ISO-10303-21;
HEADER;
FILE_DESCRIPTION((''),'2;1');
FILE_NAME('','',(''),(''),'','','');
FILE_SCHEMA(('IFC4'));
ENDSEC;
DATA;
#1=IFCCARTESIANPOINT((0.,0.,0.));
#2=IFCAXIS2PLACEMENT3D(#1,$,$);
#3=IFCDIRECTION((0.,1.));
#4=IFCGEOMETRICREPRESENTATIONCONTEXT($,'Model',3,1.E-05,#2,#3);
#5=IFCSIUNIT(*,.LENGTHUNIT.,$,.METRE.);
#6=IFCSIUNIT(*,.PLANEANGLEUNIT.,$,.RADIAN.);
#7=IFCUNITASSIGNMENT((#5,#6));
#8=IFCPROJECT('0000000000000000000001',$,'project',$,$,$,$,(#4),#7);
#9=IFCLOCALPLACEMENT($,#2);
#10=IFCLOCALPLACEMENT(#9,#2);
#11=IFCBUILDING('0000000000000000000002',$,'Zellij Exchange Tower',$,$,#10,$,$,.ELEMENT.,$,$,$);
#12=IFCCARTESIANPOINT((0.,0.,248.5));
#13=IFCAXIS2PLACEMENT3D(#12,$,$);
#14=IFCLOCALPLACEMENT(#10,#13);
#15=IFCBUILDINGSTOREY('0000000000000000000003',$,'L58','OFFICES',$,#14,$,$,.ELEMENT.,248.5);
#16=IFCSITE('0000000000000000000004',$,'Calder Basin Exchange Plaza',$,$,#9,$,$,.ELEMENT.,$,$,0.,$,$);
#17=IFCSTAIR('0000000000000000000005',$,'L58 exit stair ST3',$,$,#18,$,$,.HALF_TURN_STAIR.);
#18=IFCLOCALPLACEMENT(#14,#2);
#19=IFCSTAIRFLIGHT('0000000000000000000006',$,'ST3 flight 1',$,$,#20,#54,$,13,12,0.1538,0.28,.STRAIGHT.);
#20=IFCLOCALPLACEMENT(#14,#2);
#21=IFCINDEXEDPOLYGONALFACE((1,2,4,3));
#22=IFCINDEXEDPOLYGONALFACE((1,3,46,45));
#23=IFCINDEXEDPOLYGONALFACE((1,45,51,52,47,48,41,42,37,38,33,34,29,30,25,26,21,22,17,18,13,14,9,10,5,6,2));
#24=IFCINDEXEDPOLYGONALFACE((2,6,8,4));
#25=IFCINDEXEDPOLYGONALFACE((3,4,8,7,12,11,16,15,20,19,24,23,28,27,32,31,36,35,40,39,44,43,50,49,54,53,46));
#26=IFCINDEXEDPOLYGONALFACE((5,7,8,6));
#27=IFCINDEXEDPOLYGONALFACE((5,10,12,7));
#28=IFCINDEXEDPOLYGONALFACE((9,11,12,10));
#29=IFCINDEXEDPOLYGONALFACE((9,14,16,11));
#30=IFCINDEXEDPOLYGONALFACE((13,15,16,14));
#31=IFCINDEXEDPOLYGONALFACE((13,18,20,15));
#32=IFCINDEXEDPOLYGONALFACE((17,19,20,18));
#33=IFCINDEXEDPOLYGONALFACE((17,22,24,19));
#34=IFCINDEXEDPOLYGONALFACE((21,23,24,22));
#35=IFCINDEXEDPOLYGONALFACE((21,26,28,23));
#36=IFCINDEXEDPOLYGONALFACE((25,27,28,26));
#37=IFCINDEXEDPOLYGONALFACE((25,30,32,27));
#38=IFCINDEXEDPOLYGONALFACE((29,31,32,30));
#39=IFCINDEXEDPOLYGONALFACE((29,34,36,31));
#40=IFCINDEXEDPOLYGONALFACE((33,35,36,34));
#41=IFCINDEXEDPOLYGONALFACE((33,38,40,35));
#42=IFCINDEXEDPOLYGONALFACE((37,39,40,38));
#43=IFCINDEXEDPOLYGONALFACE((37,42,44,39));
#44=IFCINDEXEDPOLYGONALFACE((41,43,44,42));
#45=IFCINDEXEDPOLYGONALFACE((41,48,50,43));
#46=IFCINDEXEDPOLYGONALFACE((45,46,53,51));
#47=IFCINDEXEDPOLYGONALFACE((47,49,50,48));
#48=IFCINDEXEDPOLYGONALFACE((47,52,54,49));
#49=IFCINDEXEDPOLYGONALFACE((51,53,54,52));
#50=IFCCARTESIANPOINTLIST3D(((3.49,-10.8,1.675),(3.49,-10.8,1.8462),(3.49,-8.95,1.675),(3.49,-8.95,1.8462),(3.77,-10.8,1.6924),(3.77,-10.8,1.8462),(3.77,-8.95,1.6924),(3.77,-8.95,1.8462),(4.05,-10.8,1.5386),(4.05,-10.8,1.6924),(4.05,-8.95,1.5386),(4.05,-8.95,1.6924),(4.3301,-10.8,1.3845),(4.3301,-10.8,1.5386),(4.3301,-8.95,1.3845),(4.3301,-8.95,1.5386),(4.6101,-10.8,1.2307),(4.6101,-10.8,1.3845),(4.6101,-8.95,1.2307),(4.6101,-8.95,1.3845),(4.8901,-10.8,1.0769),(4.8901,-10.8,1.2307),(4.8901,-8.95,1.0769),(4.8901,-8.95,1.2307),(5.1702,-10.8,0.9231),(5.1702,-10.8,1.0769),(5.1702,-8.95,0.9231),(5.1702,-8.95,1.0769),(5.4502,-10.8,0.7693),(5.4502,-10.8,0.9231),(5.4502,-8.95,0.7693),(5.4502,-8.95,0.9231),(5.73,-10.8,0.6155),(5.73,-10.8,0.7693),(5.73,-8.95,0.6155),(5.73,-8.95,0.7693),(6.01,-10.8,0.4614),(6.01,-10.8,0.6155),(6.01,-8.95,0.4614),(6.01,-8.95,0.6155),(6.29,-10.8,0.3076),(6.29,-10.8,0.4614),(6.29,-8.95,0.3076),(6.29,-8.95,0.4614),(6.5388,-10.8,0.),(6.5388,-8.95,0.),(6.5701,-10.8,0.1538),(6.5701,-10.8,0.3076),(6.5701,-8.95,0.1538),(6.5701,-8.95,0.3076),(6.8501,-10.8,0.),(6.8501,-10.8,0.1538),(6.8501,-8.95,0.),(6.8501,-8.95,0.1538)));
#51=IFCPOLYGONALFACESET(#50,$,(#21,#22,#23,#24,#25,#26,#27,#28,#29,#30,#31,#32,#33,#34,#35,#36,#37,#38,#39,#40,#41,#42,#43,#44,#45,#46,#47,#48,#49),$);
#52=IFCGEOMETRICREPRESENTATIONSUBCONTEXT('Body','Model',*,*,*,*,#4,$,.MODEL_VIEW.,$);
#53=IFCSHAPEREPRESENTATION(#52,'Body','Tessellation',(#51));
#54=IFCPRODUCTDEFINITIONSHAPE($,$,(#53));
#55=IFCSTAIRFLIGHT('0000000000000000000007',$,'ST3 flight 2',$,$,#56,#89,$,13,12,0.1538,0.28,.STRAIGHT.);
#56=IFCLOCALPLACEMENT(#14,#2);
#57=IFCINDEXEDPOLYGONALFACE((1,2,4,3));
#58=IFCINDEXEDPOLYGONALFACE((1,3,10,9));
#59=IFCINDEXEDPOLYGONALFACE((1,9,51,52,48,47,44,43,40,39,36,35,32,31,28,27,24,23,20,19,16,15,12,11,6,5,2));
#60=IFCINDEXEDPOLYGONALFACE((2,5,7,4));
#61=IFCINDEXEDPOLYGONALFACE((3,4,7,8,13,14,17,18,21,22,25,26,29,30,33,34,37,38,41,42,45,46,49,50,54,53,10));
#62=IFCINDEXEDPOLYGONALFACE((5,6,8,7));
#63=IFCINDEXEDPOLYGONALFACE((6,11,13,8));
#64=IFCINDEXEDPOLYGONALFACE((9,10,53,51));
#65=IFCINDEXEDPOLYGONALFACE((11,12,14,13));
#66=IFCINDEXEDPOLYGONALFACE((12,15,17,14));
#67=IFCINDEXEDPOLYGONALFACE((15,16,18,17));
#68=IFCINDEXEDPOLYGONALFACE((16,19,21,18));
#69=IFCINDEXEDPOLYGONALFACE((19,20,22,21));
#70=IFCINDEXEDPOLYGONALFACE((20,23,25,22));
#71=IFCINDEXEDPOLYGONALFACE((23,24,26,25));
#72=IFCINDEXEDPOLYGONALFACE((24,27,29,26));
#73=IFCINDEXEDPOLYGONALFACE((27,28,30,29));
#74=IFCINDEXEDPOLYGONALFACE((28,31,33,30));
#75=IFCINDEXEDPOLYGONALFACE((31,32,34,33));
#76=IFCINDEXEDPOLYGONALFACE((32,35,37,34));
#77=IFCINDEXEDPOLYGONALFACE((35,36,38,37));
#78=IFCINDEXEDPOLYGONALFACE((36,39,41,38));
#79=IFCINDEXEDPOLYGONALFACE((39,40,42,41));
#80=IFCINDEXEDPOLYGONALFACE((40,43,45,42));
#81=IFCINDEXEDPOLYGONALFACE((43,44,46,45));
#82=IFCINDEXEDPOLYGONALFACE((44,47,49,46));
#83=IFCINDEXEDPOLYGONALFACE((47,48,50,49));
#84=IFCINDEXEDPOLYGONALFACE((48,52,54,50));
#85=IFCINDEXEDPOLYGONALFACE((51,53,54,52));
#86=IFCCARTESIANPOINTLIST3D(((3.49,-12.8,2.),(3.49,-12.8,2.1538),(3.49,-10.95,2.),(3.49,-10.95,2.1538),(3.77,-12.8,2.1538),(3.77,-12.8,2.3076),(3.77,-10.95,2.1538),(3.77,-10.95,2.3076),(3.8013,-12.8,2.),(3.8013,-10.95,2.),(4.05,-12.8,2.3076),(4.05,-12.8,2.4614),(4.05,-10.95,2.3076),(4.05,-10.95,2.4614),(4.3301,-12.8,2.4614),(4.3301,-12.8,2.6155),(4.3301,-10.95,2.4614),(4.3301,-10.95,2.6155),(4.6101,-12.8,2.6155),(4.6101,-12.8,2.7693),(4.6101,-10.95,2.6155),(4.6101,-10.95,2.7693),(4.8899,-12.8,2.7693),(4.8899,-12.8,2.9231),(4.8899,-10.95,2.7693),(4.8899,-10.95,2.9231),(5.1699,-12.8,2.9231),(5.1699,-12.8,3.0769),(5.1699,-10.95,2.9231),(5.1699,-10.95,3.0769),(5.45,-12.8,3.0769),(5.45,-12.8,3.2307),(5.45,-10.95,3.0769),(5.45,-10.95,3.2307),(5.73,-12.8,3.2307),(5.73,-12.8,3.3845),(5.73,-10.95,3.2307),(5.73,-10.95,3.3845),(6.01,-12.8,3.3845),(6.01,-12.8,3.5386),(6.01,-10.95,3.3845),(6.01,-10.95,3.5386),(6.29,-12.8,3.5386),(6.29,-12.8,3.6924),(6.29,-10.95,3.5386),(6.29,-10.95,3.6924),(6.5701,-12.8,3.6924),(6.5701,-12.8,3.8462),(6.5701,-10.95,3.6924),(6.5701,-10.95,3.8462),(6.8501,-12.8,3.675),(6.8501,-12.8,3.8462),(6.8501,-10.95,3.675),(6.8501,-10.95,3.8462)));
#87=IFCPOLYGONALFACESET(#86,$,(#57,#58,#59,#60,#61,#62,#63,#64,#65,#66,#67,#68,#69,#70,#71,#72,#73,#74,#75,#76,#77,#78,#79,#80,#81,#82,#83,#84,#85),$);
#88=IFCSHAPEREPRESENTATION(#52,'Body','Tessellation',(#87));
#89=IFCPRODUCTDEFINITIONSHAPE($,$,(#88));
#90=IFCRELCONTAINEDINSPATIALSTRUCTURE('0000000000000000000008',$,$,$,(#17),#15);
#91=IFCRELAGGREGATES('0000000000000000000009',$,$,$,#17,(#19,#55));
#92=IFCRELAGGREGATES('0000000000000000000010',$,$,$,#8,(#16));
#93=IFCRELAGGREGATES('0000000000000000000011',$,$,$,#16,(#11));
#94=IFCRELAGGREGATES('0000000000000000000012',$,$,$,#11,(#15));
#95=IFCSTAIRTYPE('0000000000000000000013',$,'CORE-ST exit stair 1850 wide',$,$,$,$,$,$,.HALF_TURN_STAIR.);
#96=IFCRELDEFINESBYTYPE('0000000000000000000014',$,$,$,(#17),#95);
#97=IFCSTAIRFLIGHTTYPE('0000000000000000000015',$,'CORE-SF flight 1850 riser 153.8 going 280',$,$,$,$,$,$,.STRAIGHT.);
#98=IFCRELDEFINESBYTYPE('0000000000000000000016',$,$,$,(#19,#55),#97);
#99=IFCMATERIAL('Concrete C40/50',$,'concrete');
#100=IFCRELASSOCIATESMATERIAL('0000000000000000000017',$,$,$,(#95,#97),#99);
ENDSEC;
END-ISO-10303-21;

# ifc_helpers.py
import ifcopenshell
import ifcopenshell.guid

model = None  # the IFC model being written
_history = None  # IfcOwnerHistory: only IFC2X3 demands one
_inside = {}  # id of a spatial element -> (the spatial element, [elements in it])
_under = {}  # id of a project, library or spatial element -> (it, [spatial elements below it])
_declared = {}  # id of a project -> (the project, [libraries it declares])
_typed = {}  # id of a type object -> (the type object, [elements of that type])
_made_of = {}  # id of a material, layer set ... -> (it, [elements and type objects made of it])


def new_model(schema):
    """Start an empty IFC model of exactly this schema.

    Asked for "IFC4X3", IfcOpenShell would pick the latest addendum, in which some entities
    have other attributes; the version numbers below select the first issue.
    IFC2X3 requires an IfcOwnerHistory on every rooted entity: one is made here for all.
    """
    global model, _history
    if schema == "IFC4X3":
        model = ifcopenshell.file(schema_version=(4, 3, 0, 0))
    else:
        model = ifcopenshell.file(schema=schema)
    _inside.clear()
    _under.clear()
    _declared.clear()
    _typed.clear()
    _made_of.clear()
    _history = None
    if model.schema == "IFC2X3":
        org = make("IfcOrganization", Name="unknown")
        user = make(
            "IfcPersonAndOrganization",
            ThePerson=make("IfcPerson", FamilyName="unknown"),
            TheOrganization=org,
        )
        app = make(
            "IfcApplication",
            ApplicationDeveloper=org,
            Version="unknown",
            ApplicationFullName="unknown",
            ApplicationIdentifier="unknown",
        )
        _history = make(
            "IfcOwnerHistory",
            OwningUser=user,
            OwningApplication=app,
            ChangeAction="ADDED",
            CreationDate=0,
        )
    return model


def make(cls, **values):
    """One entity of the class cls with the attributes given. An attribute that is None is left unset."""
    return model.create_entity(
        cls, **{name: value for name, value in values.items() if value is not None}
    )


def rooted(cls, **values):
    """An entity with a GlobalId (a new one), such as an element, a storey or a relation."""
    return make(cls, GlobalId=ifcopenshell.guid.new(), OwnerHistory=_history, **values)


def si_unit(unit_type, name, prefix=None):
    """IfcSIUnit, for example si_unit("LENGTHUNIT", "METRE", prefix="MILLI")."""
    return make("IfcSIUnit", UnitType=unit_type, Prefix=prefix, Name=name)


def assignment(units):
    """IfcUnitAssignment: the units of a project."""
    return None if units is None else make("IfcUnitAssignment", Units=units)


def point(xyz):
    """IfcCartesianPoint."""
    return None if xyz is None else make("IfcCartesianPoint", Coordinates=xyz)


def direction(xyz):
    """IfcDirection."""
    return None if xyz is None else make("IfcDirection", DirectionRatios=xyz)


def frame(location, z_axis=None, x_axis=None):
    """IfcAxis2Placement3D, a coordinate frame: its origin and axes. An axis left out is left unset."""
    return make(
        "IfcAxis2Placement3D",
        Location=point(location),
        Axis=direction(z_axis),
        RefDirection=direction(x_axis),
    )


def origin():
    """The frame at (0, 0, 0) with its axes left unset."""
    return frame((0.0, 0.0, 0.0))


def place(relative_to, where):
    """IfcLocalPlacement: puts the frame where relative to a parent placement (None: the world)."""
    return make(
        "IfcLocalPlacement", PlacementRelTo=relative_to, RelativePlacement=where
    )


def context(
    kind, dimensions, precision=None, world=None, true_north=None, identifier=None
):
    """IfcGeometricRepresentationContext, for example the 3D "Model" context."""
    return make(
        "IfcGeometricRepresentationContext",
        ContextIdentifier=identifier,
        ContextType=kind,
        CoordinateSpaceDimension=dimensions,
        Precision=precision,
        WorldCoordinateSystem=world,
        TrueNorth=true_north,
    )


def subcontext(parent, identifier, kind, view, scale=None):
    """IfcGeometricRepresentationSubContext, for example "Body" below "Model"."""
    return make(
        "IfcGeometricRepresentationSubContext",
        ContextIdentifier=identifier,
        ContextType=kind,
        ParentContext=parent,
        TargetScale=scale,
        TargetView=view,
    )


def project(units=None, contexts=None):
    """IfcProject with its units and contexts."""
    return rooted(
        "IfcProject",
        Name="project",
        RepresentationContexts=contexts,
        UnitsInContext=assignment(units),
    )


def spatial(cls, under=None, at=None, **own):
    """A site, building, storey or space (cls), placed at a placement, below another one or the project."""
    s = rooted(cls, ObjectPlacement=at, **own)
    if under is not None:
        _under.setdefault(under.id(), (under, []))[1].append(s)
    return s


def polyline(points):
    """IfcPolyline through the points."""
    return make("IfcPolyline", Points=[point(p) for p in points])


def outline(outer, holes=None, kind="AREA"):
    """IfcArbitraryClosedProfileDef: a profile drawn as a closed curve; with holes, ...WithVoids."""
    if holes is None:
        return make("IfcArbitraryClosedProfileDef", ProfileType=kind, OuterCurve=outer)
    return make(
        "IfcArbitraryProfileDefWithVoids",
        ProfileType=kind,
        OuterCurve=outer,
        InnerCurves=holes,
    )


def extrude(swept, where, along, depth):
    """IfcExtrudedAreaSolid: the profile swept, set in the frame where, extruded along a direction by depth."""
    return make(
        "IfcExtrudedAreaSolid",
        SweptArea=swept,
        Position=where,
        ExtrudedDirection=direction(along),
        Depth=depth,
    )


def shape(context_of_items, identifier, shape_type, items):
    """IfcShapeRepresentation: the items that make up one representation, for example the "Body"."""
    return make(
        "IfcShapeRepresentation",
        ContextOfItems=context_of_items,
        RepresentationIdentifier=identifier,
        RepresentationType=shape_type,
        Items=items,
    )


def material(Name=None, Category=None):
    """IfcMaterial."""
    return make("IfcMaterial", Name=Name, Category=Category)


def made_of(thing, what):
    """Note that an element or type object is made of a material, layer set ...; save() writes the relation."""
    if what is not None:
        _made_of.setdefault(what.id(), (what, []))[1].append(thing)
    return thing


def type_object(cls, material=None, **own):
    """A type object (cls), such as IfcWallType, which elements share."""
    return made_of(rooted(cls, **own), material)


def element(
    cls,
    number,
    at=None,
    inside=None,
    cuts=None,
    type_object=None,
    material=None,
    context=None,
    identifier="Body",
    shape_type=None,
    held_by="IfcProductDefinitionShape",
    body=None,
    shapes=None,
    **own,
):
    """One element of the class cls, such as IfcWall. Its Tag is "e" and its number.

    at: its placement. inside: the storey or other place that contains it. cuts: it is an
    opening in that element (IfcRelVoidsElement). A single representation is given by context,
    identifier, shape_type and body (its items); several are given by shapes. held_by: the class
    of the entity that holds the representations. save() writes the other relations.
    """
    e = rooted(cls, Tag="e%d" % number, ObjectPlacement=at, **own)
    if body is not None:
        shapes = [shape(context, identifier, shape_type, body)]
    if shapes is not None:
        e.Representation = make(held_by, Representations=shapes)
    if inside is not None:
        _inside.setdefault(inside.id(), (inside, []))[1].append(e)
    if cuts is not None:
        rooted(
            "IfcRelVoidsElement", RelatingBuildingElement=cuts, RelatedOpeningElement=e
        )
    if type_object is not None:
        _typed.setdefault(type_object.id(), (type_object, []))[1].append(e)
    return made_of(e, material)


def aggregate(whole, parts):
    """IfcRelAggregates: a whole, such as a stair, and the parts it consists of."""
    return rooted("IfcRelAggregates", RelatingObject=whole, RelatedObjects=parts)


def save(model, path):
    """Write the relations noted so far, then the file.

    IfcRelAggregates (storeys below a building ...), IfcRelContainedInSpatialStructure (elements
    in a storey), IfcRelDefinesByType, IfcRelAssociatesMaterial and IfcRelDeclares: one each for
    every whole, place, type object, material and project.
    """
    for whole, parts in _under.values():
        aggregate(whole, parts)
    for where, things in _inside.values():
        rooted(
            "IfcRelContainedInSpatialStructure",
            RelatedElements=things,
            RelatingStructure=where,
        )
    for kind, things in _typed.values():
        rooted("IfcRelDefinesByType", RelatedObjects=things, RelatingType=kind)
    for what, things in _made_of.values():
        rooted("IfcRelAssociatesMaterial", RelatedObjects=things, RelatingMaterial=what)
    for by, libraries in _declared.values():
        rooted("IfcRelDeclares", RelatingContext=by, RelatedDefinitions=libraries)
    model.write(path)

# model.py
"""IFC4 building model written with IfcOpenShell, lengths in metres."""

from ifc_helpers import new_model, si_unit, direction, frame, origin, place, context, subcontext, project, spatial, polyline, outline, extrude, material, type_object, element, aggregate, save


model = new_model("IFC4")

# Units and contexts
model_context = context("Model", 3, precision=1e-05, world=origin(), true_north=direction((0.0, 1.0)))
body_context = subcontext(model_context, "Body", "Model", "MODEL_VIEW")
ifc_project = project(units=[si_unit("LENGTHUNIT", "METRE"), si_unit("PLANEANGLEUNIT", "RADIAN")], contexts=[model_context])

# Site, building, storey
site_placement = place(None, origin())
site = spatial("IfcSite", under=ifc_project, at=site_placement, Name="Calder Basin Exchange Plaza", CompositionType="ELEMENT", RefElevation=0.0)
building_placement = place(site_placement, origin())
building = spatial("IfcBuilding", under=site, at=building_placement, Name="Zellij Exchange Tower", CompositionType="ELEMENT")
storey_placement = place(building_placement, frame((0.0, 0.0, 248.5)))
storey = spatial("IfcBuildingStorey", under=building, at=storey_placement, Name="L58", Description="OFFICES", CompositionType="ELEMENT", Elevation=248.5)

# Stair, stair flights
ifc_material_1 = material(Name="Concrete C40/50", Category="concrete")
stair_type = type_object("IfcStairType", Name="CORE-ST exit stair 1850 wide", PredefinedType="HALF_TURN_STAIR", material=ifc_material_1)
stair_placement = place(storey_placement, origin())
stair = element("IfcStair", 1, at=stair_placement, inside=storey, type_object=stair_type, Name="L58 exit stair ST3", PredefinedType="HALF_TURN_STAIR")
stair_flight_type = type_object("IfcStairFlightType", Name="CORE-SF flight 1850 riser 153.8 going 280", PredefinedType="STRAIGHT", material=ifc_material_1)
stair_flight_1_placement = place(storey_placement, frame((6.8501, -9.875, 0.0), z_axis=(0.0, 0.0, 1.0), x_axis=(-1.0, 0.0, 0.0)))
stair_flight_1 = element("IfcStairFlight", 2, at=stair_flight_1_placement, type_object=stair_flight_type, Name="ST3 flight 1", NumberOfRisers=13, NumberOfTreads=12, PredefinedType="STRAIGHT", RiserHeight=0.1538, TreadLength=0.28, context=body_context, shape_type="SweptSolid", body=[
    extrude(outline(polyline([(0.0, 0.0), (0.0, 0.1538), (0.28, 0.1538), (0.28, 0.3076), (0.5601, 0.3076), (0.5601, 0.4614), (0.8401, 0.4614), (0.8401, 0.6155), (1.1201, 0.6155), (1.1201, 0.7693), (1.3999, 0.7693), (1.3999, 0.9231), (1.6799, 0.9231), (1.6799, 1.0769), (1.96, 1.0769), (1.96, 1.2307), (2.24, 1.2307), (2.24, 1.3845), (2.52, 1.3845), (2.52, 1.5386), (2.8, 1.5386), (2.8, 1.6924), (3.0801, 1.6924), (3.0801, 1.8462), (3.3601, 1.8462), (3.3601, 2.0), (3.3601, 1.675), (0.3113, 0.0), (0.0, 0.0)])), frame((0.0, 0.925, 0.0), z_axis=(0.0, -1.0, 0.0), x_axis=(1.0, 0.0, 0.0)), (0.0, 0.0, 1.0), 1.8501),
])
stair_flight_2_placement = place(storey_placement, frame((3.49, -11.875, 2.0), z_axis=(0.0, 0.0, 1.0), x_axis=(1.0, 0.0, 0.0)))
stair_flight_2 = element("IfcStairFlight", 3, at=stair_flight_2_placement, type_object=stair_flight_type, Name="ST3 flight 2", NumberOfRisers=13, NumberOfTreads=12, PredefinedType="STRAIGHT", RiserHeight=0.1538, TreadLength=0.28, context=body_context, shape_type="SweptSolid", body=[
    extrude(outline(polyline([(0.0, 0.0), (0.0, 0.1538), (0.28, 0.1538), (0.28, 0.3076), (0.5601, 0.3076), (0.5601, 0.4614), (0.8401, 0.4614), (0.8401, 0.6155), (1.1201, 0.6155), (1.1201, 0.7693), (1.3999, 0.7693), (1.3999, 0.9231), (1.6799, 0.9231), (1.6799, 1.0769), (1.96, 1.0769), (1.96, 1.2307), (2.24, 1.2307), (2.24, 1.3845), (2.52, 1.3845), (2.52, 1.5386), (2.8, 1.5386), (2.8, 1.6924), (3.0801, 1.6924), (3.0801, 1.8462), (3.3601, 1.8462), (3.3601, 2.0), (3.3601, 1.675), (0.3113, 0.0), (0.0, 0.0)])), frame((0.0, 0.925, 0.0), z_axis=(0.0, -1.0, 0.0), x_axis=(1.0, 0.0, 0.0)), (0.0, 0.0, 1.0), 1.8501),
])
aggregate(stair, [stair_flight_1, stair_flight_2])

save(model, "model.ifc")
